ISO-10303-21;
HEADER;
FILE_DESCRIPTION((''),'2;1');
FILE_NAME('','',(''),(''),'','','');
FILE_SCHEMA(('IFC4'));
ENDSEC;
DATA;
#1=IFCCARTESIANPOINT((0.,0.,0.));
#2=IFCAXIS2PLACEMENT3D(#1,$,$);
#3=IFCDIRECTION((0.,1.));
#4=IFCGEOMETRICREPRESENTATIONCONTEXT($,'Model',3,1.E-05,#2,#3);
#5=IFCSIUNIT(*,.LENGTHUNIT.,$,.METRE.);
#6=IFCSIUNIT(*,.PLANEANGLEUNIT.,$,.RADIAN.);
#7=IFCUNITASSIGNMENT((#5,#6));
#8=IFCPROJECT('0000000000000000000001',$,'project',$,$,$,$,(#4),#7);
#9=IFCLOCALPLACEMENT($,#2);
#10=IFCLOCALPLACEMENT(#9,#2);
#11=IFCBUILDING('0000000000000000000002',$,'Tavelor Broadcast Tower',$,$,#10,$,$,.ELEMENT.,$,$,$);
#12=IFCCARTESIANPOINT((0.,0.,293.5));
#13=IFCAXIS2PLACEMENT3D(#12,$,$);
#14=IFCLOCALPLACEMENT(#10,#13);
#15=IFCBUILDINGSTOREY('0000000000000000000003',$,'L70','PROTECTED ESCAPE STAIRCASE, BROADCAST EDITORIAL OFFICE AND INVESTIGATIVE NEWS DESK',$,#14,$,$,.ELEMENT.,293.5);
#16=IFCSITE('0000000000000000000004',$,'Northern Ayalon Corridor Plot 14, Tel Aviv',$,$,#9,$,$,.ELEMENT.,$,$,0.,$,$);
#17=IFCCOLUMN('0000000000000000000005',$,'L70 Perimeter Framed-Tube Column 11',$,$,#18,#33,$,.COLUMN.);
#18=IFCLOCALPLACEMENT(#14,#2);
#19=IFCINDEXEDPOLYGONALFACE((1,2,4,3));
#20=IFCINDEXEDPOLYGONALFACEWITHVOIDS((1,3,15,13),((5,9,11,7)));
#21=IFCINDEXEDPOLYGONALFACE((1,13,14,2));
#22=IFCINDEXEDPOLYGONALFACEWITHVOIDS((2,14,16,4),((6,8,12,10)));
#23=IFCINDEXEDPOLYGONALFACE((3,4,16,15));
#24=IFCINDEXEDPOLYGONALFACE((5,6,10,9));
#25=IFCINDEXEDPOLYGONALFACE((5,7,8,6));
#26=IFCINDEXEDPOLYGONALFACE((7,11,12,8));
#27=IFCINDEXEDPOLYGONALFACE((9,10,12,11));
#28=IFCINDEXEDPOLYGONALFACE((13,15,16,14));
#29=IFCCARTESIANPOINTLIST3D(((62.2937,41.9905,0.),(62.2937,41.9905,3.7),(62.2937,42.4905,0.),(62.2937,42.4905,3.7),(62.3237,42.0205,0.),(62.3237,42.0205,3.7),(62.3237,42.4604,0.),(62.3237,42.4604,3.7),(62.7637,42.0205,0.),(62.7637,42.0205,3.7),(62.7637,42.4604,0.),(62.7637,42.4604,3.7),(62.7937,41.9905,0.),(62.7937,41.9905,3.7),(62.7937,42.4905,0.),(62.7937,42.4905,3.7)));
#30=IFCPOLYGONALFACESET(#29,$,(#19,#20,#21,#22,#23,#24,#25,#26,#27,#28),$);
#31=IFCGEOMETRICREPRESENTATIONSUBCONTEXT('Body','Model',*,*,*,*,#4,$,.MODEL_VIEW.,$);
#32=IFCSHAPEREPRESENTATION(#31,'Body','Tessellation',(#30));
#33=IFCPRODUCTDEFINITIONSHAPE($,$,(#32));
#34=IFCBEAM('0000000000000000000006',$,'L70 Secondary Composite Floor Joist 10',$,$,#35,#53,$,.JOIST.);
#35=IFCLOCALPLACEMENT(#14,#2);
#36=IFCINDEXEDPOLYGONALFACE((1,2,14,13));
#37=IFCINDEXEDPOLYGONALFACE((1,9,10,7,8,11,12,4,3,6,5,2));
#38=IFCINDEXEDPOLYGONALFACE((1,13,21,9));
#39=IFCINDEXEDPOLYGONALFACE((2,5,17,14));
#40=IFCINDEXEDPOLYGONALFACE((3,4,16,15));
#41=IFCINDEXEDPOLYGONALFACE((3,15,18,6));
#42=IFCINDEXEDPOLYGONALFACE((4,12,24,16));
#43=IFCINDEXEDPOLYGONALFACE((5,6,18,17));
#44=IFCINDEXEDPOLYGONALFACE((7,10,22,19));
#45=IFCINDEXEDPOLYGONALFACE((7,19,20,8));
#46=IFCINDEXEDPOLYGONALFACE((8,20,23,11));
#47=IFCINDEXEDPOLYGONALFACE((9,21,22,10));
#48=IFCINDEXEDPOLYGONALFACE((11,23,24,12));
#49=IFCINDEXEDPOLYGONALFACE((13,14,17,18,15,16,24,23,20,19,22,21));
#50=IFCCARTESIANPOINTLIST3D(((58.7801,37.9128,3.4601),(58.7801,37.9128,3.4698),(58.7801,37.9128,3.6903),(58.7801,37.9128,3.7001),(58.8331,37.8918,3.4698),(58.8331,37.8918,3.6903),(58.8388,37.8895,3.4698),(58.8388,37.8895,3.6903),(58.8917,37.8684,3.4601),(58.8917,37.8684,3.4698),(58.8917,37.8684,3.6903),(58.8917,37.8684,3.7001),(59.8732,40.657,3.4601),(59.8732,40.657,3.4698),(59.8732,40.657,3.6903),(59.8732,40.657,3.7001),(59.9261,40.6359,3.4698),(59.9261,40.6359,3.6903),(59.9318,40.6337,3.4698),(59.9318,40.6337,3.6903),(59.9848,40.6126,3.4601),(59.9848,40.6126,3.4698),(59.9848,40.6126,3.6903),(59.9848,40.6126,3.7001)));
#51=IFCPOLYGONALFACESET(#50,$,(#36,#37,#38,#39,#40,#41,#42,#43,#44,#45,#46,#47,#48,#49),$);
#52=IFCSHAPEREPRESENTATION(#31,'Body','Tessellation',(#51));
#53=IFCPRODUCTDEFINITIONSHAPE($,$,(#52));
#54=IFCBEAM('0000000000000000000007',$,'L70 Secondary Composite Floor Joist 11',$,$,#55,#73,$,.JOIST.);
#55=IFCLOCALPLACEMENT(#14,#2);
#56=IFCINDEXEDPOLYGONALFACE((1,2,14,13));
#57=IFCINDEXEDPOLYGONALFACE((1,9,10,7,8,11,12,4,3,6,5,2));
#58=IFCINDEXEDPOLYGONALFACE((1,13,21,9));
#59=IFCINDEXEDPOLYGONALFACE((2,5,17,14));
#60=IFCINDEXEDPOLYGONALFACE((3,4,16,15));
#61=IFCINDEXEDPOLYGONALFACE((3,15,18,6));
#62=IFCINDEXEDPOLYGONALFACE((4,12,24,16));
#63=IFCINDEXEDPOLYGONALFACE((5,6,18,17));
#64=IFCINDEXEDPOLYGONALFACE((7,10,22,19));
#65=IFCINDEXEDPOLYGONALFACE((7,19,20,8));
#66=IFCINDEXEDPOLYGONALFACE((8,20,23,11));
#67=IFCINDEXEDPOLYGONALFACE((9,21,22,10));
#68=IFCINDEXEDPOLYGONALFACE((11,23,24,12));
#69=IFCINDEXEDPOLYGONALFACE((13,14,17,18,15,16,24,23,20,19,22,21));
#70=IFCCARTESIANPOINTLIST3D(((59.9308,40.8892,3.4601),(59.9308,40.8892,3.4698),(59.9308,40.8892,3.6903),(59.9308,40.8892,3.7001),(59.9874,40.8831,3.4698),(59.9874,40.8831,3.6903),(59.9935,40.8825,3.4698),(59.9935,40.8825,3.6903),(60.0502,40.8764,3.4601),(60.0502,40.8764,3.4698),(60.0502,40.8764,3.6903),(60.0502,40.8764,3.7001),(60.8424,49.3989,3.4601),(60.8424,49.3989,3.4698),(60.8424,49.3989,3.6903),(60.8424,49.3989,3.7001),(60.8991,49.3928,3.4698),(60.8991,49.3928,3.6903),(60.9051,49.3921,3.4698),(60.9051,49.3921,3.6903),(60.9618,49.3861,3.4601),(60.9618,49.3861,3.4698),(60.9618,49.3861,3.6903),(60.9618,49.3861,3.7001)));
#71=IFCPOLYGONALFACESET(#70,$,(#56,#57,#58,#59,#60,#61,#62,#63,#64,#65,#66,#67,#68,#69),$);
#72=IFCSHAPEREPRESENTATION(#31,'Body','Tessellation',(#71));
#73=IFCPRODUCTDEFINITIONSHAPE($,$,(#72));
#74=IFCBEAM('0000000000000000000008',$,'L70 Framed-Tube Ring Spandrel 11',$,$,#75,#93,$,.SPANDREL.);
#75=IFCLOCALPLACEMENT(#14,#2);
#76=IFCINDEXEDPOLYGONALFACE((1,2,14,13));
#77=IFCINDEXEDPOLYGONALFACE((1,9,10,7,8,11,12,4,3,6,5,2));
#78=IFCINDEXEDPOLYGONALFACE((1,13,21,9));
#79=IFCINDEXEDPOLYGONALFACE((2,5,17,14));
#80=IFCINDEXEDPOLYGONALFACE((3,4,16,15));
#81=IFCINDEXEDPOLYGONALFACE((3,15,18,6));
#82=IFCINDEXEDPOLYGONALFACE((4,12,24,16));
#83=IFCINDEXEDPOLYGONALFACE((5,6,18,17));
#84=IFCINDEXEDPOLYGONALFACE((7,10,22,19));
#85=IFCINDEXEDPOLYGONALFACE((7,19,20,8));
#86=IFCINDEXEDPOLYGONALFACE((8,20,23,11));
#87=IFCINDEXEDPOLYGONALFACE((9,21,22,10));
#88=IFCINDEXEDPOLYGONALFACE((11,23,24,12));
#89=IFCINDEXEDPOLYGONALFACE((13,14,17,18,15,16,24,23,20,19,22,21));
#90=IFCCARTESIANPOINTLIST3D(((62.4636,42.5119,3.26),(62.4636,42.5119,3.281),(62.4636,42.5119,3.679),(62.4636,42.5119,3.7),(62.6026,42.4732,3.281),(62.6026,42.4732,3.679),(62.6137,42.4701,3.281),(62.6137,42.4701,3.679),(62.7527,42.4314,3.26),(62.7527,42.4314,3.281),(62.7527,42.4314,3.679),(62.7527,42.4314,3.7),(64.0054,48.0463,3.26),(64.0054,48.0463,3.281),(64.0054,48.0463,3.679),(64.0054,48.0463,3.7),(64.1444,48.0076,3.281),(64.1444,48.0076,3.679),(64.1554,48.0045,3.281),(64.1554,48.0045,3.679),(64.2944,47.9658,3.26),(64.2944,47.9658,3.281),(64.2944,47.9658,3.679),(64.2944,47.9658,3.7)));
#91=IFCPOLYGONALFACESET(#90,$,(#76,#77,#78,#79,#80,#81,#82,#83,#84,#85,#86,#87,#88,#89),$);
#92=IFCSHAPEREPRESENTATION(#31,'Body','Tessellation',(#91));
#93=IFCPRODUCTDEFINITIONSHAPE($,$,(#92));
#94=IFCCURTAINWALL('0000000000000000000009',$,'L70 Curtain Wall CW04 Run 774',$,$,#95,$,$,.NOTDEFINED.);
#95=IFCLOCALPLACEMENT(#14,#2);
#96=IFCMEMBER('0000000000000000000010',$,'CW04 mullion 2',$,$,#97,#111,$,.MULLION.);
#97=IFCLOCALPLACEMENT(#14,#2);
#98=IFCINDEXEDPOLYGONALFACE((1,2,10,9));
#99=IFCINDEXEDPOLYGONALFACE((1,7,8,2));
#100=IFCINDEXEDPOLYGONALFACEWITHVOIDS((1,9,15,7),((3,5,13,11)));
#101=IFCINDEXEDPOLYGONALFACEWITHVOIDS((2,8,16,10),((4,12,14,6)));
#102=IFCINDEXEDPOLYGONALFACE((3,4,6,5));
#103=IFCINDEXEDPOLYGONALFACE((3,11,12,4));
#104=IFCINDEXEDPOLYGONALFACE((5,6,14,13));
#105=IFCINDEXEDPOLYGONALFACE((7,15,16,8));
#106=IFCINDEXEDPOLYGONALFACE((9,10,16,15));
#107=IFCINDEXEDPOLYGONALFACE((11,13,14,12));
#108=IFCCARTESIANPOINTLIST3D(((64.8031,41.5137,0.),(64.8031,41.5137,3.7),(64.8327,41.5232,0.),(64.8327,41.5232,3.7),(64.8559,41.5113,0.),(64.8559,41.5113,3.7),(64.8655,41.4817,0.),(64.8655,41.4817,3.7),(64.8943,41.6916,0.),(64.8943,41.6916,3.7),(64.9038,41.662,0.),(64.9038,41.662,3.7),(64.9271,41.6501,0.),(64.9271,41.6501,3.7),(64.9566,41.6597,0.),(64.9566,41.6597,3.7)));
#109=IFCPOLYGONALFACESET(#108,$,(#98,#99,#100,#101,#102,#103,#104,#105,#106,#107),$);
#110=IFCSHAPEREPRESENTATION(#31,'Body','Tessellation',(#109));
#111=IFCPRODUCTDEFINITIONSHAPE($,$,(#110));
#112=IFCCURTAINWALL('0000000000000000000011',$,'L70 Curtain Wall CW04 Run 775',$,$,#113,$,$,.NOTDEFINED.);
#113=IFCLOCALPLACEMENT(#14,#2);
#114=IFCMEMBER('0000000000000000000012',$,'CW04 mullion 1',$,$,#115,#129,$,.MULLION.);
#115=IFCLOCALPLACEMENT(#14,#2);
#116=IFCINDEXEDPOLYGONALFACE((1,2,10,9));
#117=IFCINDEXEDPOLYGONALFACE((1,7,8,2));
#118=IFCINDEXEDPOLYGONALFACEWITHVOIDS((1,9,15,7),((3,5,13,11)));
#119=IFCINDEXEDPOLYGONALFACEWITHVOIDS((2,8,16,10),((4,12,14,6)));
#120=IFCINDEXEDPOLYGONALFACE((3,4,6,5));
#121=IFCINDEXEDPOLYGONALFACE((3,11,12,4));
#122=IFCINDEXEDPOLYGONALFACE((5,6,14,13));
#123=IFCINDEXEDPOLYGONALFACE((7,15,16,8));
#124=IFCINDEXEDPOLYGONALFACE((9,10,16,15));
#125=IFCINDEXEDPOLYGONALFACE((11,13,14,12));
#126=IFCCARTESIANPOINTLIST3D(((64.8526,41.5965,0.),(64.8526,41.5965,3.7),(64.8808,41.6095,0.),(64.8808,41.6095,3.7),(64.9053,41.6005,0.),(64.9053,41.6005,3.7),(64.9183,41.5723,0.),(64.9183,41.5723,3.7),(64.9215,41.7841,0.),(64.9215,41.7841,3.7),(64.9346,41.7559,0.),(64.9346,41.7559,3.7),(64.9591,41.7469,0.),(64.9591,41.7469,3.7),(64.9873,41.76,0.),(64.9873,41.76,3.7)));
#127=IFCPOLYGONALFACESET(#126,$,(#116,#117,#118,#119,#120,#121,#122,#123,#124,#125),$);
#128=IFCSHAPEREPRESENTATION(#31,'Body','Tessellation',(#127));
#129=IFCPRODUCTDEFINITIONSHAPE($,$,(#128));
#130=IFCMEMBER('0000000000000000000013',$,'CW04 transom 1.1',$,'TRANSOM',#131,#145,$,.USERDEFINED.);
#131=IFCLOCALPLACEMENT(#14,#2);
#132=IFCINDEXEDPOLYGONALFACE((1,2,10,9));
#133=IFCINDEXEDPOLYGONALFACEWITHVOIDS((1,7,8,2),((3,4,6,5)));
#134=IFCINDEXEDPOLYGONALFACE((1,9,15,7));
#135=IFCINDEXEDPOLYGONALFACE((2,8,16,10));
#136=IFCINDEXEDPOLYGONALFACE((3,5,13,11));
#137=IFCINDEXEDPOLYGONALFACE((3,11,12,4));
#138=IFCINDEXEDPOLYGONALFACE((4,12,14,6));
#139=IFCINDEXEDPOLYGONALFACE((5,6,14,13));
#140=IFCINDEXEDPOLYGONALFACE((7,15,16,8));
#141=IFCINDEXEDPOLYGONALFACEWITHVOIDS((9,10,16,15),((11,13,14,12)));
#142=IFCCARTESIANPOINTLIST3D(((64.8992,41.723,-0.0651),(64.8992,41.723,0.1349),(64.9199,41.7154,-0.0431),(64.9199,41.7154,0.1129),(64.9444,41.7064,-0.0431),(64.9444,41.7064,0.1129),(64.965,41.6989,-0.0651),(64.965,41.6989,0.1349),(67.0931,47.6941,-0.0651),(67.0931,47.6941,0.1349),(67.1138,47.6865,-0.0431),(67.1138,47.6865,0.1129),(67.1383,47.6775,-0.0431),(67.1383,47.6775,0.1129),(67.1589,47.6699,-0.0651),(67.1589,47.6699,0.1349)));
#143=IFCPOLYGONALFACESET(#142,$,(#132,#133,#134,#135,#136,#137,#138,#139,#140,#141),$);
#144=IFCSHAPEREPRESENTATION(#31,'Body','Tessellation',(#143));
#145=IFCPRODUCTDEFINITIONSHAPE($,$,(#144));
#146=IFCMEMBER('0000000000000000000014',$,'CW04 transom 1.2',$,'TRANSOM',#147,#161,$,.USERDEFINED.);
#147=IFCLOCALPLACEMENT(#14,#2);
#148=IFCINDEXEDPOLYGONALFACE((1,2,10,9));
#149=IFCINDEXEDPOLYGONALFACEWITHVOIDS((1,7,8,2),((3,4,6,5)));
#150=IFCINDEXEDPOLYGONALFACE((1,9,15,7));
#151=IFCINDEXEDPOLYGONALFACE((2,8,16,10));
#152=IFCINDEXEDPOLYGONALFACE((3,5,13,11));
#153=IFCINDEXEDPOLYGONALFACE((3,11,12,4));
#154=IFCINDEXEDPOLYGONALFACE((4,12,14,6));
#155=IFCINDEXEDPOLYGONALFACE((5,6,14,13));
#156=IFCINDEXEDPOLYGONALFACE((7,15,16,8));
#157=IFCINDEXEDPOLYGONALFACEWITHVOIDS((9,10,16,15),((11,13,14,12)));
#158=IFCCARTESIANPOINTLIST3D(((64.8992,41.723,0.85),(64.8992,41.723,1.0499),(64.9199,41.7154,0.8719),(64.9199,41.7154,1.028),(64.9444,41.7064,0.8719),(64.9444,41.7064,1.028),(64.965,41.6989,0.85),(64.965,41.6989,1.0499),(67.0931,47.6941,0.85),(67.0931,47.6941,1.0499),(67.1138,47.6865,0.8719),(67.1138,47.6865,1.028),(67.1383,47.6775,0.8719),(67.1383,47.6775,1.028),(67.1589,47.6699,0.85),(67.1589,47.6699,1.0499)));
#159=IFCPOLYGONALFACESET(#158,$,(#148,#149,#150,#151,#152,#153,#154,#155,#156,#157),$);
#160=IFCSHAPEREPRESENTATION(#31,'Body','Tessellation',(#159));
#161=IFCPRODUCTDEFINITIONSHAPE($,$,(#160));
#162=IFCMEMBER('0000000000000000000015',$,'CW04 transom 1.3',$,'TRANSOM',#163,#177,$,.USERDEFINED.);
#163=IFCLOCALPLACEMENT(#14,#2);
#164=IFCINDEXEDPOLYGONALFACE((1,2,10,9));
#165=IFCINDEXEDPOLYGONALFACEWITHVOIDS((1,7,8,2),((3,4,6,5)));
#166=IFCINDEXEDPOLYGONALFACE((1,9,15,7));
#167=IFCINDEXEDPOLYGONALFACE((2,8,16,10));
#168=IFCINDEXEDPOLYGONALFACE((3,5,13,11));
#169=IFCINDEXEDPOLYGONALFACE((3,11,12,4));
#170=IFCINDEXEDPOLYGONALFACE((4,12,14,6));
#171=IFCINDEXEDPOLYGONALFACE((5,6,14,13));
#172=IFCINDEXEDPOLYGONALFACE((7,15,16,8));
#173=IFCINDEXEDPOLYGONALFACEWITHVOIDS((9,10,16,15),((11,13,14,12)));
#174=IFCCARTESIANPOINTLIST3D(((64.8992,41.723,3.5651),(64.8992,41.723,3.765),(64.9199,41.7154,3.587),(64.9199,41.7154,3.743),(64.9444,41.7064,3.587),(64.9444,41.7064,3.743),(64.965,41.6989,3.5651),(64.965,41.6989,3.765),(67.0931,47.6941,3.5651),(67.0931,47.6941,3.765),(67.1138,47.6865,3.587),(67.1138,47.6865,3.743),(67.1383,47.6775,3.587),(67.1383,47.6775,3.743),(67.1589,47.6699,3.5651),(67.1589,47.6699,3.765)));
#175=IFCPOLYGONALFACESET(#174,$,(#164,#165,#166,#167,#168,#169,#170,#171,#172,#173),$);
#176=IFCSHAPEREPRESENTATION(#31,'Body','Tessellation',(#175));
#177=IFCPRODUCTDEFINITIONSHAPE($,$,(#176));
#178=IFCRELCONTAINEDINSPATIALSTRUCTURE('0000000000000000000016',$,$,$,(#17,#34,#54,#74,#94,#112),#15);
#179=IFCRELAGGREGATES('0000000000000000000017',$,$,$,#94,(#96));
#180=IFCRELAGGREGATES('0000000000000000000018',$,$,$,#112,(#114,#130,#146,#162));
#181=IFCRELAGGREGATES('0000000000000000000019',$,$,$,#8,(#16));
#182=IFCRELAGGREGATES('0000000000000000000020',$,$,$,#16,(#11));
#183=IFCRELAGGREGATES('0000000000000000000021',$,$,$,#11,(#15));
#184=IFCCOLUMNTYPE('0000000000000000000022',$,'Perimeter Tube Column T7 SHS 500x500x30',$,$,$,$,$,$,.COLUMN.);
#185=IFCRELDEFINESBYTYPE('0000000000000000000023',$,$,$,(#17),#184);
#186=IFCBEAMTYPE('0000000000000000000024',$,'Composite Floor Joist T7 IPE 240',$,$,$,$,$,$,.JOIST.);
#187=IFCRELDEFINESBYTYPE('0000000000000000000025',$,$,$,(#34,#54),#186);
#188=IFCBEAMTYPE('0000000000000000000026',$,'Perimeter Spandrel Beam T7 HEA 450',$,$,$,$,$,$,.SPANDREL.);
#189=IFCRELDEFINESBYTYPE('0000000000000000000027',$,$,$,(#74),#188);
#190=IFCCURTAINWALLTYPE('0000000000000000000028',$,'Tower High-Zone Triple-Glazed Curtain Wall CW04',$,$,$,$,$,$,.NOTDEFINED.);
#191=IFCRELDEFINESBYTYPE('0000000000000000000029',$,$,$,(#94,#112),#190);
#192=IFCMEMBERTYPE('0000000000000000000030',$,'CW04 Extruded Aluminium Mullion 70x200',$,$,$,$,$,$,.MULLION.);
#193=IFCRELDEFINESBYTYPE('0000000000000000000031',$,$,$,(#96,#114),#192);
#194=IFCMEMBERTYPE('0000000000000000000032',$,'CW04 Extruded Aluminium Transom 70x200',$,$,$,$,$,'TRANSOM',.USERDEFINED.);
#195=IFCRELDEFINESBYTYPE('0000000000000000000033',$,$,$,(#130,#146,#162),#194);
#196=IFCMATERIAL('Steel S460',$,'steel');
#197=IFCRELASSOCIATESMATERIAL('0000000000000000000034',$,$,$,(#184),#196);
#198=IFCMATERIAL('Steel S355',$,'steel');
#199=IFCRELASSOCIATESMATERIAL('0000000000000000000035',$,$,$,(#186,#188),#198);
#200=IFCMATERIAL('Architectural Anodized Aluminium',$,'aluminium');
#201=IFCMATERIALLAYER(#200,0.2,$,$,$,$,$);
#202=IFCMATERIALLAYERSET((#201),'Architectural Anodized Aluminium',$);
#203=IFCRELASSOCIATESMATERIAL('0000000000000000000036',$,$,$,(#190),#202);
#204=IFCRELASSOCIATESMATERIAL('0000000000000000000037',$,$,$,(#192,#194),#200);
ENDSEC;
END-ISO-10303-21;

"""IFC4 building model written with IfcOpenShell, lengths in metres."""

from ifc_helpers import new_model, si_unit, direction, frame, origin, origin_2d, place, context, subcontext, project, spatial, hollow_rectangle, i_section, extrude, source, transform, mapped, material, layer, layer_set, material_profile, profile_set, type_object, type_shapes, element, aggregate, save


model = new_model("IFC4")

# Units and contexts
model_context = context("Model", 3, precision=1e-05, world=origin(), true_north=direction((0.0, 1.0)))
body_context = subcontext(model_context, "Body", "Model", "MODEL_VIEW")
ifc_project = project(units=[si_unit("LENGTHUNIT", "METRE"), si_unit("PLANEANGLEUNIT", "RADIAN")], contexts=[model_context])

# Site, building, storey
site_placement = place(None, origin())
site = spatial("IfcSite", under=ifc_project, at=site_placement, Name="Northern Ayalon Corridor Plot 14, Tel Aviv", CompositionType="ELEMENT", RefElevation=0.0)
building_placement = place(site_placement, origin())
building = spatial("IfcBuilding", under=site, at=building_placement, Name="Tavelor Broadcast Tower", CompositionType="ELEMENT")
storey_placement = place(building_placement, frame((0.0, 0.0, 293.5)))
storey = spatial("IfcBuildingStorey", under=building, at=storey_placement, Name="L70", Description="PROTECTED ESCAPE STAIRCASE, BROADCAST EDITORIAL OFFICE AND INVESTIGATIVE NEWS DESK", CompositionType="ELEMENT", Elevation=293.5)

# Column
ifc_material_1 = material(Name="Steel S460", Category="steel")
ifc_material_profile_1 = material_profile(ifc_material_1, hollow_rectangle(XDim=0.5, YDim=0.5, WallThickness=0.03, at=origin_2d()), Name="SHS 500x500x30")
ifc_profile_set_1 = profile_set([ifc_material_profile_1], Name="Steel S460")
column_type = type_object("IfcColumnType", Name="Perimeter Tube Column T7 SHS 500x500x30", PredefinedType="COLUMN", material=ifc_profile_set_1)
column_placement = place(storey_placement, frame((62.5437, 42.2405, 0.0), z_axis=(0.0, 0.0, 1.0), x_axis=(1.0, 0.0, 0.0)))
element("IfcColumn", 1, at=column_placement, inside=storey, type_object=column_type, Name="L70 Perimeter Framed-Tube Column 11", PredefinedType="COLUMN", context=body_context, shape_type="SweptSolid", body=[
    extrude(hollow_rectangle(XDim=0.5, YDim=0.5, WallThickness=0.03, at=origin_2d()), origin(), (0.0, 0.0, 1.0), 3.7),
])

# Beams
ifc_material_2 = material(Name="Steel S355", Category="steel")
ifc_material_profile_2 = material_profile(ifc_material_2, i_section(OverallWidth=0.1201, OverallDepth=0.24, WebThickness=0.0061, FlangeThickness=0.0098, at=origin_2d()), Name="IPE 240")
ifc_profile_set_2 = profile_set([ifc_material_profile_2], Name="Steel S355")
beam_type_1 = type_object("IfcBeamType", Name="Composite Floor Joist T7 IPE 240", PredefinedType="JOIST", material=ifc_profile_set_2)
beam_1_placement = place(storey_placement, frame((58.8359, 37.8906, 3.5801), z_axis=(0.370036, 0.929017, 0.0), x_axis=(-0.929017, 0.370036, 0.0)))
element("IfcBeam", 2, at=beam_1_placement, inside=storey, type_object=beam_type_1, Name="L70 Secondary Composite Floor Joist 10", PredefinedType="JOIST", context=body_context, shape_type="SweptSolid", body=[
    extrude(i_section(OverallWidth=0.1201, OverallDepth=0.24, WebThickness=0.0061, FlangeThickness=0.0098, at=origin_2d()), origin(), (0.0, 0.0, 1.0), 2.9539),
])
beam_2_placement = place(storey_placement, frame((59.9905, 40.8828, 3.5801), z_axis=(0.106517, 0.994311, 0.0), x_axis=(-0.994311, 0.106517, 0.0)))
element("IfcBeam", 3, at=beam_2_placement, inside=storey, type_object=beam_type_1, Name="L70 Secondary Composite Floor Joist 11", PredefinedType="JOIST", context=body_context, shape_type="SweptSolid", body=[
    extrude(i_section(OverallWidth=0.1201, OverallDepth=0.24, WebThickness=0.0061, FlangeThickness=0.0098, at=origin_2d()), origin(), (0.0, 0.0, 1.0), 8.5583),
])
ifc_material_profile_3 = material_profile(ifc_material_2, i_section(OverallWidth=0.3, OverallDepth=0.4399, WebThickness=0.0115, FlangeThickness=0.021, at=origin_2d()), Name="HEA 450")
ifc_profile_set_3 = profile_set([ifc_material_profile_3], Name="Steel S355")
beam_type_2 = type_object("IfcBeamType", Name="Perimeter Spandrel Beam T7 HEA 450", PredefinedType="SPANDREL", material=ifc_profile_set_3)
beam_3_placement = place(storey_placement, frame((62.6082, 42.4717, 3.48), z_axis=(0.268356, 0.96332, 0.0), x_axis=(-0.96332, 0.268356, 0.0)))
element("IfcBeam", 4, at=beam_3_placement, inside=storey, type_object=beam_type_2, Name="L70 Framed-Tube Ring Spandrel 11", PredefinedType="SPANDREL", context=body_context, shape_type="SweptSolid", body=[
    extrude(i_section(OverallWidth=0.3, OverallDepth=0.4399, WebThickness=0.0115, FlangeThickness=0.021, at=origin_2d()), origin(), (0.0, 0.0, 1.0), 5.7451),
])

# Curtain wall, member
ifc_material_3 = material(Name="Architectural Anodized Aluminium", Category="aluminium")
ifc_layer_1 = layer(ifc_material_3, 0.2)
ifc_layer_set_1 = layer_set([ifc_layer_1], Name="Architectural Anodized Aluminium")
curtain_wall_type = type_object("IfcCurtainWallType", Name="Tower High-Zone Triple-Glazed Curtain Wall CW04", PredefinedType="NOTDEFINED", material=ifc_layer_set_1)
curtain_wall_1_placement = place(storey_placement, origin())
curtain_wall_1 = element("IfcCurtainWall", 5, at=curtain_wall_1_placement, inside=storey, type_object=curtain_wall_type, Name="L70 Curtain Wall CW04 Run 774", PredefinedType="NOTDEFINED")
ifc_material_profile_4 = material_profile(ifc_material_3, hollow_rectangle(XDim=0.0701, YDim=0.2, WallThickness=0.022, at=origin_2d()), Name="RHS 70x200x22")
ifc_profile_set_4 = profile_set([ifc_material_profile_4], Name="Architectural Anodized Aluminium")
member_type_1 = type_object("IfcMemberType", Name="CW04 Extruded Aluminium Mullion 70x200", PredefinedType="MULLION", material=ifc_profile_set_4)
shared_shape_1 = source(origin(), body_context, "Body", "SweptSolid", [
    extrude(hollow_rectangle(XDim=0.0701, YDim=0.2, WallThickness=0.022, at=origin_2d()), origin(), (0.0, 0.0, 1.0), 3.7),
])
type_shapes(member_type_1, [shared_shape_1])
member_1_placement = place(storey_placement, frame((64.8799, 41.5867, 0.0), z_axis=(0.0, 0.0, 1.0), x_axis=(-0.890019, 0.455923, 0.0)))
member_1 = element("IfcMember", 6, at=member_1_placement, type_object=member_type_1, Name="CW04 mullion 2", PredefinedType="MULLION", context=body_context, shape_type="MappedRepresentation", body=[
    mapped(shared_shape_1, transform((0.0, 0.0, 0.0), scale=1.0)),
])

# Curtain wall, members
curtain_wall_2_placement = place(storey_placement, origin())
curtain_wall_2 = element("IfcCurtainWall", 7, at=curtain_wall_2_placement, inside=storey, type_object=curtain_wall_type, Name="L70 Curtain Wall CW04 Run 775", PredefinedType="NOTDEFINED")
member_2_placement = place(storey_placement, frame((64.9199, 41.6782, 0.0), z_axis=(0.0, 0.0, 1.0), x_axis=(-0.938648, 0.344877, 0.0)))
member_2 = element("IfcMember", 8, at=member_2_placement, type_object=member_type_1, Name="CW04 mullion 1", PredefinedType="MULLION", context=body_context, shape_type="MappedRepresentation", body=[
    mapped(shared_shape_1, transform((0.0, 0.0, 0.0), scale=1.0)),
])
ifc_material_profile_5 = material_profile(ifc_material_3, hollow_rectangle(XDim=0.0701, YDim=0.2, WallThickness=0.022, at=origin_2d()), Name="RHS 70x200x22")
ifc_profile_set_5 = profile_set([ifc_material_profile_5], Name="Architectural Anodized Aluminium")
member_type_2 = type_object("IfcMemberType", Name="CW04 Extruded Aluminium Transom 70x200", ElementType="TRANSOM", PredefinedType="USERDEFINED", material=ifc_profile_set_5)
shared_shape_2 = source(origin(), body_context, "Body", "SweptSolid", [
    extrude(hollow_rectangle(XDim=0.0701, YDim=0.2, WallThickness=0.022, at=origin_2d()), origin(), (0.0, 0.0, 1.0), 6.3613),
])
type_shapes(member_type_2, [shared_shape_2])
member_3_placement = place(storey_placement, frame((64.9321, 41.7109, 0.0349), z_axis=(0.344878, 0.938647, 0.0), x_axis=(-0.938647, 0.344878, 0.0)))
member_3 = element("IfcMember", 9, at=member_3_placement, type_object=member_type_2, Name="CW04 transom 1.1", ObjectType="TRANSOM", PredefinedType="USERDEFINED", context=body_context, shape_type="MappedRepresentation", body=[
    mapped(shared_shape_2, transform((0.0, 0.0, 0.0), scale=1.0)),
])
member_4_placement = place(storey_placement, frame((64.9321, 41.7109, 0.95), z_axis=(0.344878, 0.938647, 0.0), x_axis=(-0.938647, 0.344878, 0.0)))
member_4 = element("IfcMember", 10, at=member_4_placement, type_object=member_type_2, Name="CW04 transom 1.2", ObjectType="TRANSOM", PredefinedType="USERDEFINED", context=body_context, shape_type="MappedRepresentation", body=[
    mapped(shared_shape_2, transform((0.0, 0.0, 0.0), scale=1.0)),
])
member_5_placement = place(storey_placement, frame((64.9321, 41.7109, 3.665), z_axis=(0.344878, 0.938647, 0.0), x_axis=(-0.938647, 0.344878, 0.0)))
member_5 = element("IfcMember", 11, at=member_5_placement, type_object=member_type_2, Name="CW04 transom 1.3", ObjectType="TRANSOM", PredefinedType="USERDEFINED", context=body_context, shape_type="MappedRepresentation", body=[
    mapped(shared_shape_2, transform((0.0, 0.0, 0.0), scale=1.0)),
])

aggregate(curtain_wall_1, [member_1])
aggregate(curtain_wall_2, [member_2, member_3, member_4, member_5])

save(model, "model.ifc")
